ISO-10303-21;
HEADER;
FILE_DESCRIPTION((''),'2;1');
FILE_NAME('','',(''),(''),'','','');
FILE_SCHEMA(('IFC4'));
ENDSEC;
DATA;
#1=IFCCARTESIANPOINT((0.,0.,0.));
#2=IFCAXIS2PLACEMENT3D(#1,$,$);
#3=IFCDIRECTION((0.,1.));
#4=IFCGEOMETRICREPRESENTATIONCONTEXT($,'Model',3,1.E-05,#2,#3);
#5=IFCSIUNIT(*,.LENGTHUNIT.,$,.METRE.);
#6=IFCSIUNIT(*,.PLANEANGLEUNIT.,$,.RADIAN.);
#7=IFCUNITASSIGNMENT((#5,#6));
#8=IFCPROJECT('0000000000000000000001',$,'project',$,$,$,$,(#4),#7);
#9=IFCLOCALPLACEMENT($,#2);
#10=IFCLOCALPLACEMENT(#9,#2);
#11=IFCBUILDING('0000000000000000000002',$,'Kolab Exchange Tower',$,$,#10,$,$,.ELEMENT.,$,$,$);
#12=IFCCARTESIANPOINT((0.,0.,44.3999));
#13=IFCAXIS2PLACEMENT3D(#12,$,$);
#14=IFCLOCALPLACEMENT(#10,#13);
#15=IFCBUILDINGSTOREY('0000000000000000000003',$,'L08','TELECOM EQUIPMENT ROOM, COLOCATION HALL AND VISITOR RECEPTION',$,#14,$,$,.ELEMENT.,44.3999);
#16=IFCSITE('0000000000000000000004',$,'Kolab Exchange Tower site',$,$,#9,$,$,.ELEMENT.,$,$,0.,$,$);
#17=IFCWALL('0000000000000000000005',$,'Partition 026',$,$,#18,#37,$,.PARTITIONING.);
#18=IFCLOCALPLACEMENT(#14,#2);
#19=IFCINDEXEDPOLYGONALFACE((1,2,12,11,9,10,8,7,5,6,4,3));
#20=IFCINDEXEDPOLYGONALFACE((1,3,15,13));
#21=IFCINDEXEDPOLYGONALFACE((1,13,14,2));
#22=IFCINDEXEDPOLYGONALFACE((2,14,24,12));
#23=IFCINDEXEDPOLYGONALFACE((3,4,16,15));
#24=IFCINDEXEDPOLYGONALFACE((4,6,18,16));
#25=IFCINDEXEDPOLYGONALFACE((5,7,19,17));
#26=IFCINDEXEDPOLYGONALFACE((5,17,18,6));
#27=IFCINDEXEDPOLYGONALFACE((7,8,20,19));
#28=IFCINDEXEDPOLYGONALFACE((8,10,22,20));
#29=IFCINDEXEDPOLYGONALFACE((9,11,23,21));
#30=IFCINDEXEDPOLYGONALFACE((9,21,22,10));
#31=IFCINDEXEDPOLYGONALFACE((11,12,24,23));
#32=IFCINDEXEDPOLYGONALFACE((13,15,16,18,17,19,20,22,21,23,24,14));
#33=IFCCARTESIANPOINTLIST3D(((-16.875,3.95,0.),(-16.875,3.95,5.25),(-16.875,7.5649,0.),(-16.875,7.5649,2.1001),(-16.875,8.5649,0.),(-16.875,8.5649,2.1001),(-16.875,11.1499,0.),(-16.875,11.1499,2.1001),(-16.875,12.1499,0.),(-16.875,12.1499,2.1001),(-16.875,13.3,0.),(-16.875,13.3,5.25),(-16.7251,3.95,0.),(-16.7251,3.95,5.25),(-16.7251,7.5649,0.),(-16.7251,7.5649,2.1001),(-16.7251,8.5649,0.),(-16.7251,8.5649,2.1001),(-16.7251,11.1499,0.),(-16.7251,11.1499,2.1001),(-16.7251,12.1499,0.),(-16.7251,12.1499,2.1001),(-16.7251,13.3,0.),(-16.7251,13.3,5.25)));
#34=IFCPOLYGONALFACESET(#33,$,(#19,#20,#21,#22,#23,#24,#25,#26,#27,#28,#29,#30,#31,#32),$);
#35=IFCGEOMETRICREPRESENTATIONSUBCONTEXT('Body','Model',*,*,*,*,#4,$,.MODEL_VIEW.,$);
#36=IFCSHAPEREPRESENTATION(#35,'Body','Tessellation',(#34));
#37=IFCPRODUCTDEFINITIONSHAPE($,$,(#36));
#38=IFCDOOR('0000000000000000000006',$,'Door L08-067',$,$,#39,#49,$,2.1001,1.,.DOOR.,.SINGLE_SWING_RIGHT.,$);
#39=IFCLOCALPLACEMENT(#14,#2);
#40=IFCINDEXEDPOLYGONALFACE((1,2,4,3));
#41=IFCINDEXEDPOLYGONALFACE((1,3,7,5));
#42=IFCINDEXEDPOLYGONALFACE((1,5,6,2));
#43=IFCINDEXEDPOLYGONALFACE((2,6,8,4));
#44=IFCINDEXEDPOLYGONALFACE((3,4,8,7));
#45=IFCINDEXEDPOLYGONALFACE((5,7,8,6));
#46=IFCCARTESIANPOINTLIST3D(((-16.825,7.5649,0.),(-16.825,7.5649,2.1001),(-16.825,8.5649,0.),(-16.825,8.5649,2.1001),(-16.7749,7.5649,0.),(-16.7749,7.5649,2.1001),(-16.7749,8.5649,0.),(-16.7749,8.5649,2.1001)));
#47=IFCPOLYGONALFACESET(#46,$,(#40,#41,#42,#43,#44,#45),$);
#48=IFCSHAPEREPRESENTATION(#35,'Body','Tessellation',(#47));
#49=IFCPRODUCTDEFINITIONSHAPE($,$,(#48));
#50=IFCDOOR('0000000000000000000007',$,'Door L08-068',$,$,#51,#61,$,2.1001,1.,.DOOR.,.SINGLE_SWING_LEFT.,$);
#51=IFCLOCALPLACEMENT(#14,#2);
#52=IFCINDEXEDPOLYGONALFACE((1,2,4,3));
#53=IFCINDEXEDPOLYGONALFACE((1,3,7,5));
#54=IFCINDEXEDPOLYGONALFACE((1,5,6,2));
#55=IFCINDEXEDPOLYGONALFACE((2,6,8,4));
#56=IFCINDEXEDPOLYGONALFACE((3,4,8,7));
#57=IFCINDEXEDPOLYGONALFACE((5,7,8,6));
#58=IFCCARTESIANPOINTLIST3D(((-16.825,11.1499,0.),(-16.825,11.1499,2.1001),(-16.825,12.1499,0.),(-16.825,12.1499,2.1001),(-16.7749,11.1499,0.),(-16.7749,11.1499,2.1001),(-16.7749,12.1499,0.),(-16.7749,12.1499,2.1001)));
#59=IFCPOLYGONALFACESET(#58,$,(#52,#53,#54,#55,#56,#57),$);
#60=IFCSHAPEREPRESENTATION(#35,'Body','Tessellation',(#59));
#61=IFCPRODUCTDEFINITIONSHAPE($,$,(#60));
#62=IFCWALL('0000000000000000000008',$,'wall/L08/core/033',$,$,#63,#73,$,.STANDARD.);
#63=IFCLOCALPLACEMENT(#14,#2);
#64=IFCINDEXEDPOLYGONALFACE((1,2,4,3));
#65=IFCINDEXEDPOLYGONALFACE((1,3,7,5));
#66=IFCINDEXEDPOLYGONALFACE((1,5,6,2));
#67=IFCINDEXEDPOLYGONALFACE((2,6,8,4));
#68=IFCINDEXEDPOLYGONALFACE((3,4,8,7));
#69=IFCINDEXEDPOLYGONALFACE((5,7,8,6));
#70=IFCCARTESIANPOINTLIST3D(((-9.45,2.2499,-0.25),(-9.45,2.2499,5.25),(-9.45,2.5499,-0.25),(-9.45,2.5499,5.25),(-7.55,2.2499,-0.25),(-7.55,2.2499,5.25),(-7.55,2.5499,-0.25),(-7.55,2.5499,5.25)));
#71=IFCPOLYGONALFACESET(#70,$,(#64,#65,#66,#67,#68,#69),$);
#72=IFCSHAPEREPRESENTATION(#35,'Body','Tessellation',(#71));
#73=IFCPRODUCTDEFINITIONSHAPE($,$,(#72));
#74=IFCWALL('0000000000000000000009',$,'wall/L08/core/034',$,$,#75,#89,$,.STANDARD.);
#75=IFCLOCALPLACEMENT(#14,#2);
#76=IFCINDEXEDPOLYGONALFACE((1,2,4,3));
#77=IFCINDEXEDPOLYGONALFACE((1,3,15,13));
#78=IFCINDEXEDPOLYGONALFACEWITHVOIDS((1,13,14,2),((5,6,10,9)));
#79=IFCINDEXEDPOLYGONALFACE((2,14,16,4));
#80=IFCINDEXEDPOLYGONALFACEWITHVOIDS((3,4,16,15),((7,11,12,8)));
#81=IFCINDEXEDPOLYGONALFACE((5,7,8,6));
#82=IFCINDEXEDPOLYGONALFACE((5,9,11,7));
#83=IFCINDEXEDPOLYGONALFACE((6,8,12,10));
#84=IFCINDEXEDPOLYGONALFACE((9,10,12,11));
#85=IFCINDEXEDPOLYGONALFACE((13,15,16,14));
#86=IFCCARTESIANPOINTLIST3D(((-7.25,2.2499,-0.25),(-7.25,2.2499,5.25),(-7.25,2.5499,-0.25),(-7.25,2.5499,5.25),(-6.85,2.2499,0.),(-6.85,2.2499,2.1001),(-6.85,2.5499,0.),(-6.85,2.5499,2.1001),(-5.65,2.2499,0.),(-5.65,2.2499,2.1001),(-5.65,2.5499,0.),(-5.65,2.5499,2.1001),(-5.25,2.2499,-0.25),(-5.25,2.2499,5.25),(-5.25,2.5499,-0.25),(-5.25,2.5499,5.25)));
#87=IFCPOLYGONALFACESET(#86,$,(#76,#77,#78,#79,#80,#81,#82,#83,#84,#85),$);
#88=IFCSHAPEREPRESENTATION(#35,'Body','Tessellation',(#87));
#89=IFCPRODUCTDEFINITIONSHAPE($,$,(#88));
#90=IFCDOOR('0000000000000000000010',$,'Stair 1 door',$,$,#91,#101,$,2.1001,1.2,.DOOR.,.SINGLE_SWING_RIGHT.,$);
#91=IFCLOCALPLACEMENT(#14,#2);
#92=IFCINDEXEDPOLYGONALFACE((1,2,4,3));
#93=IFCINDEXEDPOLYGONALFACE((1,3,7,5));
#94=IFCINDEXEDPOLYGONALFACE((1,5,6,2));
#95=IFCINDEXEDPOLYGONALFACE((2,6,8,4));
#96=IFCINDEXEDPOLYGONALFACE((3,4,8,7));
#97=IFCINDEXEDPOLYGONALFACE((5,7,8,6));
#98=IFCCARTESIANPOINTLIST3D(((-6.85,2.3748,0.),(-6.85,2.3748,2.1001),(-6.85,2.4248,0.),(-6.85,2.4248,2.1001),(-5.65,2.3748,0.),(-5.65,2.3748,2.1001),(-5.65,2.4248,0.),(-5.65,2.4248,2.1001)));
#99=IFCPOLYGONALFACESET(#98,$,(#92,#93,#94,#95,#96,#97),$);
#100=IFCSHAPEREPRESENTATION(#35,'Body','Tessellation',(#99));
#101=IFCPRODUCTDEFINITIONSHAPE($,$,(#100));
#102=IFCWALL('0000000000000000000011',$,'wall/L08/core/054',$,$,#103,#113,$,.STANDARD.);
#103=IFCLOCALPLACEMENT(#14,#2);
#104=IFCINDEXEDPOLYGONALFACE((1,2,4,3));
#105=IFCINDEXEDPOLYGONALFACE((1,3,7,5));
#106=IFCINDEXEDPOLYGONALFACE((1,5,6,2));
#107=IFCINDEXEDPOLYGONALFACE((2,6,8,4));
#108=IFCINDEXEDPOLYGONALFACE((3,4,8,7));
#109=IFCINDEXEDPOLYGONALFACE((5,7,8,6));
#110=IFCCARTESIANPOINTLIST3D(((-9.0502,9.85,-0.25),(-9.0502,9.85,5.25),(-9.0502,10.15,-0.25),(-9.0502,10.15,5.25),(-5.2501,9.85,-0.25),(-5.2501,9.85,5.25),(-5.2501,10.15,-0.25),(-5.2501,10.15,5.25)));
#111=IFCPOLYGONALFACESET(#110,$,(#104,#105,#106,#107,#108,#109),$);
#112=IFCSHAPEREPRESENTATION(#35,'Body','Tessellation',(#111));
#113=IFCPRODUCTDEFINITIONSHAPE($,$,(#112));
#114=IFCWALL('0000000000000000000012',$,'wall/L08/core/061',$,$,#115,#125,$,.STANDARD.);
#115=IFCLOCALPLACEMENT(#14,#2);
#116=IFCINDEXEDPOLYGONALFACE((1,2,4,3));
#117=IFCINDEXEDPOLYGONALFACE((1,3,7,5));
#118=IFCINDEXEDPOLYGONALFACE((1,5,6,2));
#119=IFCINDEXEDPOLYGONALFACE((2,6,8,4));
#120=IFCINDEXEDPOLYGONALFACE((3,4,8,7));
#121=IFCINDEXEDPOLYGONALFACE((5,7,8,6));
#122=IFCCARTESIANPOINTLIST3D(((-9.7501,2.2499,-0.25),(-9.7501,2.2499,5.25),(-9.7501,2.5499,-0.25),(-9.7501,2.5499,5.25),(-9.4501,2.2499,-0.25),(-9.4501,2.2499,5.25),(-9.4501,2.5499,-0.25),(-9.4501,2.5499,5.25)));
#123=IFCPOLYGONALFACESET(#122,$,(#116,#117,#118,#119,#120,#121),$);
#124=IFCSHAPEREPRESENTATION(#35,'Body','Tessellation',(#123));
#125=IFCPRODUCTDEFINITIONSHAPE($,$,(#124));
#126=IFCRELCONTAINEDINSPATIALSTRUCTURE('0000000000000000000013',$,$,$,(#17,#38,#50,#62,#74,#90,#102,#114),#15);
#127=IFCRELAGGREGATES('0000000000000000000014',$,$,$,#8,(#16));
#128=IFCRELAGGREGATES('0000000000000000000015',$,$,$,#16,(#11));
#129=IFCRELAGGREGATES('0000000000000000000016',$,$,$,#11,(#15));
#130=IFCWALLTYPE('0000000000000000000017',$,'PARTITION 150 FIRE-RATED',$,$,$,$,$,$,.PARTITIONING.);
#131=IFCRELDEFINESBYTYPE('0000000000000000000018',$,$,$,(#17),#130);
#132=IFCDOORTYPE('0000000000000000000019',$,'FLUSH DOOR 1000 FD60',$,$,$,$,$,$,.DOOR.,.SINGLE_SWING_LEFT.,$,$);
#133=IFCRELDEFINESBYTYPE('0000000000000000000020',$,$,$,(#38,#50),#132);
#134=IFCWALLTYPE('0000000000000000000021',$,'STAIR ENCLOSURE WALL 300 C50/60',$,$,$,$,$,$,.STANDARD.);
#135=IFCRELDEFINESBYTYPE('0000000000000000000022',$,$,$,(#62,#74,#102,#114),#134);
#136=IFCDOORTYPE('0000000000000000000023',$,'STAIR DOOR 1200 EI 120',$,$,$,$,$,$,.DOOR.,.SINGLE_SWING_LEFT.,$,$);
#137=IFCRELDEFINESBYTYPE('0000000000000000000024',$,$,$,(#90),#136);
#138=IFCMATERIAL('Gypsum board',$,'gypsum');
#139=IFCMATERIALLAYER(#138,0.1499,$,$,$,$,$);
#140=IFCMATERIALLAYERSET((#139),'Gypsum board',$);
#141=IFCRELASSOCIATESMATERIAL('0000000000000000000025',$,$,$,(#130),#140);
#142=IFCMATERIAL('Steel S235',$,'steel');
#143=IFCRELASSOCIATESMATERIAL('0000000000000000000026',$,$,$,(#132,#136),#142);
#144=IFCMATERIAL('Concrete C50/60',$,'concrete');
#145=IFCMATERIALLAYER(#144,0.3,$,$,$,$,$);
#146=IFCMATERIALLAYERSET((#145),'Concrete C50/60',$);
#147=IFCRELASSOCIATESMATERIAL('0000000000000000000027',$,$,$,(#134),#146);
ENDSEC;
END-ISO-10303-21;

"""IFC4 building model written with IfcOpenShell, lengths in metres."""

from ifc_helpers import new_model, si_unit, direction, frame, frame_2d, origin, place, context, subcontext, project, spatial, rectangle, extrude, material, layer, layer_set, type_object, element, fill, save


model = new_model("IFC4")

# Units and contexts
model_context = context("Model", 3, precision=1e-05, world=origin(), true_north=direction((0.0, 1.0)))
body_context = subcontext(model_context, "Body", "Model", "MODEL_VIEW")
ifc_project = project(units=[si_unit("LENGTHUNIT", "METRE"), si_unit("PLANEANGLEUNIT", "RADIAN")], contexts=[model_context])

# Site, building, storey
site_placement = place(None, origin())
site = spatial("IfcSite", under=ifc_project, at=site_placement, Name="Kolab Exchange Tower site", CompositionType="ELEMENT", RefElevation=0.0)
building_placement = place(site_placement, origin())
building = spatial("IfcBuilding", under=site, at=building_placement, Name="Kolab Exchange Tower", CompositionType="ELEMENT")
storey_placement = place(building_placement, frame((0.0, 0.0, 44.3999)))
storey = spatial("IfcBuildingStorey", under=building, at=storey_placement, Name="L08", Description="TELECOM EQUIPMENT ROOM, COLOCATION HALL AND VISITOR RECEPTION", CompositionType="ELEMENT", Elevation=44.3999)

# Shared definitions
ifc_material_1 = material(Name="Steel S235", Category="steel")

# Shared definitions
ifc_material_2 = material(Name="Concrete C50/60", Category="concrete")
ifc_material_3 = material(Name="Gypsum board", Category="gypsum")

# Wall, openings, doors
ifc_layer_1 = layer(ifc_material_3, 0.1499)
ifc_layer_set_1 = layer_set([ifc_layer_1], Name="Gypsum board")
wall_type_1 = type_object("IfcWallType", Name="PARTITION 150 FIRE-RATED", PredefinedType="PARTITIONING", material=ifc_layer_set_1)
wall_1_placement = place(storey_placement, frame((-16.8, 3.95, 0.0), z_axis=(0.0, 0.0, 1.0), x_axis=(0.0, 1.0, 0.0)))
wall_1 = element("IfcWall", 1, at=wall_1_placement, inside=storey, type_object=wall_type_1, Name="Partition 026", PredefinedType="PARTITIONING", context=body_context, shape_type="SweptSolid", body=[
    extrude(rectangle(XDim=9.3501, YDim=0.1499, at=frame_2d((4.675, 0.0))), origin(), (0.0, 0.0, 1.0), 5.25),
])
opening_1_placement = place(wall_1_placement, frame((3.615, 0.0, 0.0)))
opening_1 = element("IfcOpeningElement", 2, at=opening_1_placement, cuts=wall_1, PredefinedType="OPENING", context=body_context, shape_type="SweptSolid", body=[
    extrude(rectangle(XDim=1.0, YDim=2.1001, at=frame_2d((0.5, 1.05))), frame((0.0, 0.085, 0.0), z_axis=(0.0, -1.0, 0.0), x_axis=(1.0, 0.0, 0.0)), (0.0, 0.0, 1.0), 0.1699),
])
opening_2_placement = place(wall_1_placement, frame((7.2, 0.0, 0.0)))
opening_2 = element("IfcOpeningElement", 3, at=opening_2_placement, cuts=wall_1, PredefinedType="OPENING", context=body_context, shape_type="SweptSolid", body=[
    extrude(rectangle(XDim=1.0, YDim=2.1001, at=frame_2d((0.5, 1.05))), frame((0.0, 0.085, 0.0), z_axis=(0.0, -1.0, 0.0), x_axis=(1.0, 0.0, 0.0)), (0.0, 0.0, 1.0), 0.1699),
])
door_type_1 = type_object("IfcDoorType", Name="FLUSH DOOR 1000 FD60", OperationType="SINGLE_SWING_LEFT", PredefinedType="DOOR", material=ifc_material_1)
door_1_placement = place(opening_1_placement, origin())
door_1 = element("IfcDoor", 4, at=door_1_placement, inside=storey, type_object=door_type_1, Name="Door L08-067", OperationType="SINGLE_SWING_RIGHT", OverallHeight=2.1001, OverallWidth=1.0, PredefinedType="DOOR", context=body_context, shape_type="SweptSolid", body=[
    extrude(rectangle(XDim=1.0, YDim=2.1001, at=frame_2d((0.5, 1.05))), frame((0.0, 0.0249, 0.0), z_axis=(0.0, -1.0, 0.0), x_axis=(1.0, 0.0, 0.0)), (0.0, 0.0, 1.0), 0.05),
])
fill(opening_1, door_1)
door_2_placement = place(opening_2_placement, origin())
door_2 = element("IfcDoor", 5, at=door_2_placement, inside=storey, type_object=door_type_1, Name="Door L08-068", OperationType="SINGLE_SWING_LEFT", OverallHeight=2.1001, OverallWidth=1.0, PredefinedType="DOOR", context=body_context, shape_type="SweptSolid", body=[
    extrude(rectangle(XDim=1.0, YDim=2.1001, at=frame_2d((0.5, 1.05))), frame((0.0, 0.0249, 0.0), z_axis=(0.0, -1.0, 0.0), x_axis=(1.0, 0.0, 0.0)), (0.0, 0.0, 1.0), 0.05),
])
fill(opening_2, door_2)

# Wall
ifc_layer_2 = layer(ifc_material_2, 0.3)
ifc_layer_set_2 = layer_set([ifc_layer_2], Name="Concrete C50/60")
wall_type_2 = type_object("IfcWallType", Name="STAIR ENCLOSURE WALL 300 C50/60", PredefinedType="STANDARD", material=ifc_layer_set_2)
wall_2_placement = place(storey_placement, frame((-9.45, 2.3999, -0.25), z_axis=(0.0, 0.0, 1.0), x_axis=(1.0, 0.0, 0.0)))
element("IfcWall", 6, at=wall_2_placement, inside=storey, type_object=wall_type_2, Name="wall/L08/core/033", PredefinedType="STANDARD", context=body_context, shape_type="SweptSolid", body=[
    extrude(rectangle(XDim=1.8999, YDim=0.3, at=frame_2d((0.95, 0.0))), origin(), (0.0, 0.0, 1.0), 5.5),
])

# Wall, opening, door
wall_3_placement = place(storey_placement, frame((-7.25, 2.3999, -0.25), z_axis=(0.0, 0.0, 1.0), x_axis=(1.0, 0.0, 0.0)))
wall_3 = element("IfcWall", 7, at=wall_3_placement, inside=storey, type_object=wall_type_2, Name="wall/L08/core/034", PredefinedType="STANDARD", context=body_context, shape_type="SweptSolid", body=[
    extrude(rectangle(XDim=2.0, YDim=0.3, at=frame_2d((1.0, 0.0))), origin(), (0.0, 0.0, 1.0), 5.5),
])
opening_3_placement = place(wall_3_placement, frame((0.3999, 0.0, 0.25)))
opening_3 = element("IfcOpeningElement", 8, at=opening_3_placement, cuts=wall_3, PredefinedType="OPENING", context=body_context, shape_type="SweptSolid", body=[
    extrude(rectangle(XDim=1.2, YDim=2.1001, at=frame_2d((0.6001, 1.05))), frame((0.0, 0.1602, 0.0), z_axis=(0.0, -1.0, 0.0), x_axis=(1.0, 0.0, 0.0)), (0.0, 0.0, 1.0), 0.3201),
])
door_type_2 = type_object("IfcDoorType", Name="STAIR DOOR 1200 EI 120", OperationType="SINGLE_SWING_LEFT", PredefinedType="DOOR", material=ifc_material_1)
door_3_placement = place(opening_3_placement, origin())
door_3 = element("IfcDoor", 9, at=door_3_placement, inside=storey, type_object=door_type_2, Name="Stair 1 door", OperationType="SINGLE_SWING_RIGHT", OverallHeight=2.1001, OverallWidth=1.2, PredefinedType="DOOR", context=body_context, shape_type="SweptSolid", body=[
    extrude(rectangle(XDim=1.2, YDim=2.1001, at=frame_2d((0.6001, 1.05))), frame((0.0, 0.0249, 0.0), z_axis=(0.0, -1.0, 0.0), x_axis=(1.0, 0.0, 0.0)), (0.0, 0.0, 1.0), 0.05),
])
fill(opening_3, door_3)

# Walls
wall_4_placement = place(storey_placement, frame((-9.05, 10.0, -0.25), z_axis=(0.0, 0.0, 1.0), x_axis=(1.0, 0.0, 0.0)))
element("IfcWall", 10, at=wall_4_placement, inside=storey, type_object=wall_type_2, Name="wall/L08/core/054", PredefinedType="STANDARD", context=body_context, shape_type="SweptSolid", body=[
    extrude(rectangle(XDim=3.8, YDim=0.3, at=frame_2d((1.8999, 0.0))), origin(), (0.0, 0.0, 1.0), 5.5),
])
wall_5_placement = place(storey_placement, frame((-9.6001, 2.25, -0.25), z_axis=(0.0, 0.0, 1.0), x_axis=(0.0, 1.0, 0.0)))
element("IfcWall", 11, at=wall_5_placement, inside=storey, type_object=wall_type_2, Name="wall/L08/core/061", PredefinedType="STANDARD", context=body_context, shape_type="SweptSolid", body=[
    extrude(rectangle(XDim=0.3, YDim=0.3, at=frame_2d((0.1499, 0.0))), origin(), (0.0, 0.0, 1.0), 5.5),
])

save(model, "model.ifc")
